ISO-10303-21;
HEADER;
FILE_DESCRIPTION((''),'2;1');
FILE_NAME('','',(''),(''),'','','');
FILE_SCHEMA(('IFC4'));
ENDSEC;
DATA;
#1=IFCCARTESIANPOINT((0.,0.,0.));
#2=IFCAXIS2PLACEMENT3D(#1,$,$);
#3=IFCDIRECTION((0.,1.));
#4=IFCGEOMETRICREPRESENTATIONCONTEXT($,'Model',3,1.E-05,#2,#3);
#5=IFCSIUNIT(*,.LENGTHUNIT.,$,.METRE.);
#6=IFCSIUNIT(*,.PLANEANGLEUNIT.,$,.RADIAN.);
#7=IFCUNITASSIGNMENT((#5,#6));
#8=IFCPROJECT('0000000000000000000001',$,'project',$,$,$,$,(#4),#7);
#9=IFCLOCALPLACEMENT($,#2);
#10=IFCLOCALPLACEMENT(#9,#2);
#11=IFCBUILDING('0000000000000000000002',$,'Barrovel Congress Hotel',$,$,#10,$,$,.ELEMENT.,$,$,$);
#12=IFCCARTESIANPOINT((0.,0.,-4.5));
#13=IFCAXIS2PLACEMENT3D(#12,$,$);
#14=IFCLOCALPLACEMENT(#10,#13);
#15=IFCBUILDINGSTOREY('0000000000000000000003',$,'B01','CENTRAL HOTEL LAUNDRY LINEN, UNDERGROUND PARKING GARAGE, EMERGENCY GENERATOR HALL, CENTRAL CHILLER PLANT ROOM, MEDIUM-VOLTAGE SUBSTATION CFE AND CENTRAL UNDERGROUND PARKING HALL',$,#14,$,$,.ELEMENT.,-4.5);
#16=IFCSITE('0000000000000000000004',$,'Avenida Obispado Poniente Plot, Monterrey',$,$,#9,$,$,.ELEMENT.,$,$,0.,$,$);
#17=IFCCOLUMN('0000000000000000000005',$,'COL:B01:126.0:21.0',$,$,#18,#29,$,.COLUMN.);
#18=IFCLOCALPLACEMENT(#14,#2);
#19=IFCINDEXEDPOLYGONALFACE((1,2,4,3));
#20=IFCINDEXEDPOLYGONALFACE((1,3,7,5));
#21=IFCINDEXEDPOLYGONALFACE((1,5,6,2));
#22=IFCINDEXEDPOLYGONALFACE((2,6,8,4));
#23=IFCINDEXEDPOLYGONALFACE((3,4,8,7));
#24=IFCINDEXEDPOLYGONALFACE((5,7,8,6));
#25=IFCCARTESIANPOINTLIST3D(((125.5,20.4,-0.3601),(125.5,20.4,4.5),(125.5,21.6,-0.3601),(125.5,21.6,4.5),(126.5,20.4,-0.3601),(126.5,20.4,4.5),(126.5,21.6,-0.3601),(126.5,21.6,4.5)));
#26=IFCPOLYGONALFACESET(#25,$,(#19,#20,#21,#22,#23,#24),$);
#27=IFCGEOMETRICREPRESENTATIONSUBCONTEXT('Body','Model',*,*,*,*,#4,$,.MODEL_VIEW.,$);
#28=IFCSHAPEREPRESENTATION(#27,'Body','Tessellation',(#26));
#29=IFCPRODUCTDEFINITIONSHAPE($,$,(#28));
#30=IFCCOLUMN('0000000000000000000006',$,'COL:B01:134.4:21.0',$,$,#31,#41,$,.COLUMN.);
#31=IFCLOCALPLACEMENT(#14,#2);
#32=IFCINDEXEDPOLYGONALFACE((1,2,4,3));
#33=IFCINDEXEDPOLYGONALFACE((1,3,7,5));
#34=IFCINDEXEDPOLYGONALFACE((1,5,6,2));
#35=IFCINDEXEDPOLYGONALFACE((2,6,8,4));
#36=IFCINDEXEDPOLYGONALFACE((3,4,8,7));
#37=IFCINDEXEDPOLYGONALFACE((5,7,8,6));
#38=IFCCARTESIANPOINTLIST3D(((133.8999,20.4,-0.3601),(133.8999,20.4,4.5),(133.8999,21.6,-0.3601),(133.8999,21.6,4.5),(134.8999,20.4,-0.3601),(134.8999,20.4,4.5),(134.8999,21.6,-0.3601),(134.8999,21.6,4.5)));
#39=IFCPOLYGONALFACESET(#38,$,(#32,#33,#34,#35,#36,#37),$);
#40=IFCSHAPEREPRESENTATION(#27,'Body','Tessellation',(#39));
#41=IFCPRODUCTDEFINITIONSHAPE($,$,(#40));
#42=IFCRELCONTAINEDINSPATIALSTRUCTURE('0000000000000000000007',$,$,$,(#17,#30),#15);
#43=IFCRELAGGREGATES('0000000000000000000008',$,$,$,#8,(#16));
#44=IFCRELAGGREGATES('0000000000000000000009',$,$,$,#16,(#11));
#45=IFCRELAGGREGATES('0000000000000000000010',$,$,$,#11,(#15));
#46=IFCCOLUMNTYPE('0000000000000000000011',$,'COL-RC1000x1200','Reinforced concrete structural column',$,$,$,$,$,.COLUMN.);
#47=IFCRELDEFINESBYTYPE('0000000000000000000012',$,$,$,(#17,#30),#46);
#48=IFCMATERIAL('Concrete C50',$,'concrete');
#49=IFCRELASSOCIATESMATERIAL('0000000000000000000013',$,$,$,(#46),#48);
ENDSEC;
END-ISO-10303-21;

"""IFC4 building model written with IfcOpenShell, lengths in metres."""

from ifc_helpers import new_model, si_unit, direction, frame, origin, origin_2d, place, context, subcontext, project, spatial, rectangle, extrude, material, material_profile, profile_set, type_object, element, save


model = new_model("IFC4")

# Units and contexts
model_context = context("Model", 3, precision=1e-05, world=origin(), true_north=direction((0.0, 1.0)))
body_context = subcontext(model_context, "Body", "Model", "MODEL_VIEW")
ifc_project = project(units=[si_unit("LENGTHUNIT", "METRE"), si_unit("PLANEANGLEUNIT", "RADIAN")], contexts=[model_context])

# Site, building, storey
site_placement = place(None, origin())
site = spatial("IfcSite", under=ifc_project, at=site_placement, Name="Avenida Obispado Poniente Plot, Monterrey", CompositionType="ELEMENT", RefElevation=0.0)
building_placement = place(site_placement, origin())
building = spatial("IfcBuilding", under=site, at=building_placement, Name="Barrovel Congress Hotel", CompositionType="ELEMENT")
storey_placement = place(building_placement, frame((0.0, 0.0, -4.5)))
storey = spatial("IfcBuildingStorey", under=building, at=storey_placement, Name="B01", Description="CENTRAL HOTEL LAUNDRY LINEN, UNDERGROUND PARKING GARAGE, EMERGENCY GENERATOR HALL, CENTRAL CHILLER PLANT ROOM, MEDIUM-VOLTAGE SUBSTATION CFE AND CENTRAL UNDERGROUND PARKING HALL", CompositionType="ELEMENT", Elevation=-4.5)

# Columns
ifc_material_1 = material(Name="Concrete C50", Category="concrete")
ifc_material_profile_1 = material_profile(ifc_material_1, rectangle(XDim=1.0, YDim=1.2, at=origin_2d()), Name="RC1000x1200")
ifc_profile_set_1 = profile_set([ifc_material_profile_1], Name="Concrete C50")
column_type_1 = type_object("IfcColumnType", Name="COL-RC1000x1200", Description="Reinforced concrete structural column", PredefinedType="COLUMN", material=ifc_profile_set_1)
for number, where, z_axis, x_axis, name in (
    (1, (126.0, 21.0, -0.3601), (0.0, 0.0, 1.0), (1.0, 0.0, 0.0), "COL:B01:126.0:21.0"),
    (2, (134.3999, 21.0, -0.3601), (0.0, 0.0, 1.0), (1.0, 0.0, 0.0), "COL:B01:134.4:21.0"),
):
    element("IfcColumn", number, at=place(storey_placement, frame(where, z_axis=z_axis, x_axis=x_axis)), inside=storey, type_object=column_type_1, Name=name, PredefinedType="COLUMN", context=body_context, shape_type="SweptSolid", body=[
        extrude(rectangle(XDim=1.0, YDim=1.2, at=origin_2d()), origin(), (0.0, 0.0, 1.0), 4.8601),
    ])

save(model, "model.ifc")
